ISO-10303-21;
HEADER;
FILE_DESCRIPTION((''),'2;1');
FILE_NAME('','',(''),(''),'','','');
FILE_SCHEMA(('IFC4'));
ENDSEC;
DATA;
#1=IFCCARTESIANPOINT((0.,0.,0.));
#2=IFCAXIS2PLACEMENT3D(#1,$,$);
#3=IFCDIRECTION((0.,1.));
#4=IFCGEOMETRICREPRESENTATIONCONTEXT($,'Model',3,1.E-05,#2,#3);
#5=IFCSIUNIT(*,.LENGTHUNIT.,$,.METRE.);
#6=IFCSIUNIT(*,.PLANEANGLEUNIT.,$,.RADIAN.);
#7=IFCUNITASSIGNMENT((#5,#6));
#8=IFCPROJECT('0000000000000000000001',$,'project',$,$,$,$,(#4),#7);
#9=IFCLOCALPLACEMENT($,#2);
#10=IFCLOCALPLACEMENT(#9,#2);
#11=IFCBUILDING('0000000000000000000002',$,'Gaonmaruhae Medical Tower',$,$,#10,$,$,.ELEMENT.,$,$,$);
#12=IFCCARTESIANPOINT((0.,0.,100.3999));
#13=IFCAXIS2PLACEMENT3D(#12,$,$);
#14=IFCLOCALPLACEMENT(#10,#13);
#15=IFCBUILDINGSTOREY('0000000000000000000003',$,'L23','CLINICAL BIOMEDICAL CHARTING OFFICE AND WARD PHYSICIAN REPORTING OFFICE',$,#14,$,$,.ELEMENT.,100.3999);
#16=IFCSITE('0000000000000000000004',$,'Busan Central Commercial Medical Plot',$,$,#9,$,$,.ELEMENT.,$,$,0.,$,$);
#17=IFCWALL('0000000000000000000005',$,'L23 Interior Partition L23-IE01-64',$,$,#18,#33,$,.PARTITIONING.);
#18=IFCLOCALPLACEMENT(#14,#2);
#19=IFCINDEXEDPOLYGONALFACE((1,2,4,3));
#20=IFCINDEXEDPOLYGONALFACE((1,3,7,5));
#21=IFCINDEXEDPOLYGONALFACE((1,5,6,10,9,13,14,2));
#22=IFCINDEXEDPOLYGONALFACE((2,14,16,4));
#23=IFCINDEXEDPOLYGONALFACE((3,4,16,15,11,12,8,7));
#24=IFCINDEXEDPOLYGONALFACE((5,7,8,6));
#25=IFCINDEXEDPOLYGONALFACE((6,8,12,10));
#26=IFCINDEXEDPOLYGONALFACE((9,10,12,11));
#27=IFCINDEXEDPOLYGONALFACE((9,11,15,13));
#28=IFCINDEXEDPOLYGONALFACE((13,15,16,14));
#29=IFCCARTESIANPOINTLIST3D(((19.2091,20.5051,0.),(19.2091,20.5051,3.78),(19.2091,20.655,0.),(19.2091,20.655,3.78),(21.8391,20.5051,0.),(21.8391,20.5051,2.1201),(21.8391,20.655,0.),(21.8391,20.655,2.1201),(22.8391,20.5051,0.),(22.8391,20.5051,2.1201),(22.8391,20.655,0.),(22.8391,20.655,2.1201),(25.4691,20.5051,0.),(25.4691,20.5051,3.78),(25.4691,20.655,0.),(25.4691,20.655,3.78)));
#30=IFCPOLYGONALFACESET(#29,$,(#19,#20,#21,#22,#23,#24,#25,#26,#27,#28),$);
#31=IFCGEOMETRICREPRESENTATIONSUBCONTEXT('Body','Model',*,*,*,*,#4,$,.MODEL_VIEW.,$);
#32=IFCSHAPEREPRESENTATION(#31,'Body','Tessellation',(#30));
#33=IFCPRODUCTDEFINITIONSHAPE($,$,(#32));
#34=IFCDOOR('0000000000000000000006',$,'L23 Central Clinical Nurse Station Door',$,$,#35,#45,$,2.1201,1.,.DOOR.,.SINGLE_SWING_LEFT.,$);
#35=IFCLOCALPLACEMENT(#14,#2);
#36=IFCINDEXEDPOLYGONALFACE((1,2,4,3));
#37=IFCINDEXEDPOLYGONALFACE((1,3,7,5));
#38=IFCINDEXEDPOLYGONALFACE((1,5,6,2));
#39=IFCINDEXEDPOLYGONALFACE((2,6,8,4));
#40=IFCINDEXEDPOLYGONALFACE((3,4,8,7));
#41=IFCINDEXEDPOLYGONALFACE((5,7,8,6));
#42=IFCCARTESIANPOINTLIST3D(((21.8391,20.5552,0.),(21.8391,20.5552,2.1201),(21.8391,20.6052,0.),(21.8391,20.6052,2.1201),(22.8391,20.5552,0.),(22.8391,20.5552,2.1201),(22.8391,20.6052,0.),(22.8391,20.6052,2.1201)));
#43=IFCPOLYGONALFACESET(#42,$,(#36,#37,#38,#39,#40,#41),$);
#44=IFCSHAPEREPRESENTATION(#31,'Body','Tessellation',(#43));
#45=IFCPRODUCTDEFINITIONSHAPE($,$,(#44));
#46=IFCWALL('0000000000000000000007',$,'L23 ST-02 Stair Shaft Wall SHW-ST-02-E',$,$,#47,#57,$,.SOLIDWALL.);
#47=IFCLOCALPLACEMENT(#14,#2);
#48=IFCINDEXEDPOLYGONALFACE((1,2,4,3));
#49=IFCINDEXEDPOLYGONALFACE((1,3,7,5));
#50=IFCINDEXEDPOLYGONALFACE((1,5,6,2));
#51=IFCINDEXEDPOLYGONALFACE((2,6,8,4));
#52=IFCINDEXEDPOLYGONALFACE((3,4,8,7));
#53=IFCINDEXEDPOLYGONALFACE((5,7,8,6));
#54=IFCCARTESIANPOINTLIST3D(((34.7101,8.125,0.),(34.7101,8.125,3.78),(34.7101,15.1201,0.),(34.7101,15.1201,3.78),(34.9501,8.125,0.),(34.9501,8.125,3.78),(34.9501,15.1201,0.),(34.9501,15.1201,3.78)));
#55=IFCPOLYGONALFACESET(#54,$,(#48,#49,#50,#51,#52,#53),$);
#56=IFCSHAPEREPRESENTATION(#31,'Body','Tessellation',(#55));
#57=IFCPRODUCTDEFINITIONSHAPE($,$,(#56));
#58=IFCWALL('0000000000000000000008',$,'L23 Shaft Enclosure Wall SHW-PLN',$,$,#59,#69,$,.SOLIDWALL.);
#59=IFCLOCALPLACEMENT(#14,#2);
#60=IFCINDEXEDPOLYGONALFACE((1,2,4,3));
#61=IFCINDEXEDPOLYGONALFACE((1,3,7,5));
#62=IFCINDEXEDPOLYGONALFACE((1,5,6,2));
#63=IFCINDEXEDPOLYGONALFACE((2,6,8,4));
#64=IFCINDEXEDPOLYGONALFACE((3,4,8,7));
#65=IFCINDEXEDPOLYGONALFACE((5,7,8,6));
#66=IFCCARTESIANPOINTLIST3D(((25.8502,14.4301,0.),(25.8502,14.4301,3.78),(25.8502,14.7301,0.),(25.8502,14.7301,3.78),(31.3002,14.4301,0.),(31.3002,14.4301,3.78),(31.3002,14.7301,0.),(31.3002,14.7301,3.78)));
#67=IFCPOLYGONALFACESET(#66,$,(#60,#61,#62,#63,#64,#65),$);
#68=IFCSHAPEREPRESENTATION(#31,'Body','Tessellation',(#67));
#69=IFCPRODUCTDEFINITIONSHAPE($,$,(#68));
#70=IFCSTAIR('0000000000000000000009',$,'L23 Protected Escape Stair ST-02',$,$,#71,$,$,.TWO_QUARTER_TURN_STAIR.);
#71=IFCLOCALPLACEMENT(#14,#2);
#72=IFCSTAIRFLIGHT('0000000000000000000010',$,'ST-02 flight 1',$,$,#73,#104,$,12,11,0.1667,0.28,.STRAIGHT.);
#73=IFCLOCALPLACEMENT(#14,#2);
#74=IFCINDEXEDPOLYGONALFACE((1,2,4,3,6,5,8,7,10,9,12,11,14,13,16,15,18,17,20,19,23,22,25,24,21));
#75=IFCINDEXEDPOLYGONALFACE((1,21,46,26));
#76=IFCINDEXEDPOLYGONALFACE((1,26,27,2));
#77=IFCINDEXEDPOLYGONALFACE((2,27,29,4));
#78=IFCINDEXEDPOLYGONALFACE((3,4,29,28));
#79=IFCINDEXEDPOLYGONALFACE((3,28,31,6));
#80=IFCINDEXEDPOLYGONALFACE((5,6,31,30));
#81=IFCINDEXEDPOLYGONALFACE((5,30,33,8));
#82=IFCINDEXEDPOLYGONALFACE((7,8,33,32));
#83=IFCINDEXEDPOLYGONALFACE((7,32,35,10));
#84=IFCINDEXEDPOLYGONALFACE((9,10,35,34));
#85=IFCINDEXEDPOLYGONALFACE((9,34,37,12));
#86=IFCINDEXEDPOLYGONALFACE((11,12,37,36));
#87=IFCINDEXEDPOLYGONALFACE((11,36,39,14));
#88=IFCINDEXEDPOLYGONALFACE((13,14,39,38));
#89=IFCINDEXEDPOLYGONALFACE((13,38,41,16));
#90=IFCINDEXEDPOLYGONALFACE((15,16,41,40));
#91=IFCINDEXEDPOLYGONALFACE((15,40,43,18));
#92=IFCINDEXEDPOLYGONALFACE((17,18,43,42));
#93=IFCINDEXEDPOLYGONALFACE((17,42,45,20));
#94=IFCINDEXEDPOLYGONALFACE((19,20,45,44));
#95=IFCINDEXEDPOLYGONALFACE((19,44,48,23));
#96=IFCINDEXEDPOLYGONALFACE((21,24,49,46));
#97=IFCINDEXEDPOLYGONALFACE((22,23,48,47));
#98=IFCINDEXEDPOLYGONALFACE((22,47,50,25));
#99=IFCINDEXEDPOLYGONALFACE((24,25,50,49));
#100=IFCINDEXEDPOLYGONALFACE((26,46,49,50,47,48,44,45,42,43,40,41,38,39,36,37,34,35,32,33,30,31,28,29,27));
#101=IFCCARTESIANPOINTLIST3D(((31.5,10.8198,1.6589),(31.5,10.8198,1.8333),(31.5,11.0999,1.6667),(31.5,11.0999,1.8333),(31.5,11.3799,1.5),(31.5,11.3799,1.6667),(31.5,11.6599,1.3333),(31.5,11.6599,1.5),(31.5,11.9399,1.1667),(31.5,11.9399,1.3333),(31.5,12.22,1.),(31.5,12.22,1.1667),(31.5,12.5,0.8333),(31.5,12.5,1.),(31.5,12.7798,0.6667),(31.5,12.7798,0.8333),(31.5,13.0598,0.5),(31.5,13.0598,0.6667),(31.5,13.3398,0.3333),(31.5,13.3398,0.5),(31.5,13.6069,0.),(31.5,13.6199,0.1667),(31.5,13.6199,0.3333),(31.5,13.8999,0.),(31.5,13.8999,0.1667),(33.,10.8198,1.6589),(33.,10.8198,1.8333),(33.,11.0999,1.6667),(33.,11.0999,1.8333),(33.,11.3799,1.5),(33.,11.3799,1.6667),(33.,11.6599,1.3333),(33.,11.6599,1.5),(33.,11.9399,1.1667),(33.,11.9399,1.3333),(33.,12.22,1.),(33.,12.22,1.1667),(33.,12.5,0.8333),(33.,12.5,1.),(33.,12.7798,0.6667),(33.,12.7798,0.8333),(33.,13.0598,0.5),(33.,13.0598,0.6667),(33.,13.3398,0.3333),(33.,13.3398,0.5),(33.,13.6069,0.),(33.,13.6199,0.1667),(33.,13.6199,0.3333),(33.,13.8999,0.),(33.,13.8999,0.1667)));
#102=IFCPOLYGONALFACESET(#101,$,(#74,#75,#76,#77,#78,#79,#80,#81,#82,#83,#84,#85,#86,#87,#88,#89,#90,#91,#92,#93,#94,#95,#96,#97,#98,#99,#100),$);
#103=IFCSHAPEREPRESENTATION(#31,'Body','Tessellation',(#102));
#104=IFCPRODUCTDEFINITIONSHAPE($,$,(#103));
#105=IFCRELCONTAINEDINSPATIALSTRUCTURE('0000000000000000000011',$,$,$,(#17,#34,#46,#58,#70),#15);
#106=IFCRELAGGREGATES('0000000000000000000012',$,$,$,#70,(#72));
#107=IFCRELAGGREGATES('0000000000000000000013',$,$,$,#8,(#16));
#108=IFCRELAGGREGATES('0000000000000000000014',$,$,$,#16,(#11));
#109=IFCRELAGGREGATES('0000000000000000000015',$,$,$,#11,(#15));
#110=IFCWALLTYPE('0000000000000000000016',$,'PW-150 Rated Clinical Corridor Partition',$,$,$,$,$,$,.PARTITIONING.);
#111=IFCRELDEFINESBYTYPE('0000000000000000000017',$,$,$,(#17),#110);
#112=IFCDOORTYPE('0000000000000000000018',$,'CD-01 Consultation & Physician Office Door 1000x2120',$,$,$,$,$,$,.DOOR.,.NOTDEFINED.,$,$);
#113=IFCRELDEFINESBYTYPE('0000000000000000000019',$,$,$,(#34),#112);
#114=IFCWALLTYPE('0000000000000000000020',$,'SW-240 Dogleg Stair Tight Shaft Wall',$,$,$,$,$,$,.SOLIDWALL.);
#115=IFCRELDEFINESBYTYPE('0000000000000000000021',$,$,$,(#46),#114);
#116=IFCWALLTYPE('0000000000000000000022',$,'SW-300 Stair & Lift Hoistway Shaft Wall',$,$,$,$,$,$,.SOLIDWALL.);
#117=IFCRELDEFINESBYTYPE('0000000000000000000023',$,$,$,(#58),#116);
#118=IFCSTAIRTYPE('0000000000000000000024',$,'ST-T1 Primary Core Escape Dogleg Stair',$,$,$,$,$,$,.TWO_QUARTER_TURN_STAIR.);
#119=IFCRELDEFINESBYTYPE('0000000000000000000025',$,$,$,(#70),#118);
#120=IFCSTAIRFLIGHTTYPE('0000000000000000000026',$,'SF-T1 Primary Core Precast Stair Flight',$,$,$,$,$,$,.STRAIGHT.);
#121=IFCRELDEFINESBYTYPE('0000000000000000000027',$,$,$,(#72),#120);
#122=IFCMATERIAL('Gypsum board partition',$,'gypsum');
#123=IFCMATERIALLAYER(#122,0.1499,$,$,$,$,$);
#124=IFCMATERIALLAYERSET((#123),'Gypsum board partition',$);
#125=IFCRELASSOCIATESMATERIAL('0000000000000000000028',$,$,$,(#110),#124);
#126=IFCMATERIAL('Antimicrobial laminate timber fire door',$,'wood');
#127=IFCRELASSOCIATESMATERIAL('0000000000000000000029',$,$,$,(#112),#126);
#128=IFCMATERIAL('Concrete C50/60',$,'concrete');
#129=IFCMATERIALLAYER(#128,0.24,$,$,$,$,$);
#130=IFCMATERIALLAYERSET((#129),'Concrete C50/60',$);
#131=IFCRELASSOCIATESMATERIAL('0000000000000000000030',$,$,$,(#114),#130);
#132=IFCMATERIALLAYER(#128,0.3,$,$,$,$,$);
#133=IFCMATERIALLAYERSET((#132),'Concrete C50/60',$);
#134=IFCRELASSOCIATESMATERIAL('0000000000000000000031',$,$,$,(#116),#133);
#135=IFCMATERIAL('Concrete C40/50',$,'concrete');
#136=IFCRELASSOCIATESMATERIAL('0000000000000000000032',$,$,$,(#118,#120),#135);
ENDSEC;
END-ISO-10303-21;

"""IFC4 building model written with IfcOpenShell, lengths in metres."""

from ifc_helpers import new_model, si_unit, direction, frame, frame_2d, origin, place, context, subcontext, project, spatial, polyline, rectangle, outline, extrude, material, layer, layer_set, type_object, element, fill, aggregate, save


model = new_model("IFC4")

# Units and contexts
model_context = context("Model", 3, precision=1e-05, world=origin(), true_north=direction((0.0, 1.0)))
body_context = subcontext(model_context, "Body", "Model", "MODEL_VIEW")
ifc_project = project(units=[si_unit("LENGTHUNIT", "METRE"), si_unit("PLANEANGLEUNIT", "RADIAN")], contexts=[model_context])

# Site, building, storey
site_placement = place(None, origin())
site = spatial("IfcSite", under=ifc_project, at=site_placement, Name="Busan Central Commercial Medical Plot", CompositionType="ELEMENT", RefElevation=0.0)
building_placement = place(site_placement, origin())
building = spatial("IfcBuilding", under=site, at=building_placement, Name="Gaonmaruhae Medical Tower", CompositionType="ELEMENT")
storey_placement = place(building_placement, frame((0.0, 0.0, 100.3999)))
storey = spatial("IfcBuildingStorey", under=building, at=storey_placement, Name="L23", Description="CLINICAL BIOMEDICAL CHARTING OFFICE AND WARD PHYSICIAN REPORTING OFFICE", CompositionType="ELEMENT", Elevation=100.3999)

# Shared definitions
ifc_material_1 = material(Name="Gypsum board partition", Category="gypsum")
ifc_layer_1 = layer(ifc_material_1, 0.1499)
ifc_layer_set_1 = layer_set([ifc_layer_1], Name="Gypsum board partition")
wall_type_1 = type_object("IfcWallType", Name="PW-150 Rated Clinical Corridor Partition", PredefinedType="PARTITIONING", material=ifc_layer_set_1)
ifc_material_2 = material(Name="Antimicrobial laminate timber fire door", Category="wood")

# Wall, opening, door
wall_1_placement = place(storey_placement, frame((25.469, 20.5801, 0.0), z_axis=(0.0, 0.0, 1.0), x_axis=(-1.0, 0.0, 0.0)))
wall_1 = element("IfcWall", 1, at=wall_1_placement, inside=storey, type_object=wall_type_1, Name="L23 Interior Partition L23-IE01-64", PredefinedType="PARTITIONING", context=body_context, shape_type="SweptSolid", body=[
    extrude(rectangle(XDim=6.26, YDim=0.1499, at=frame_2d((3.1299, 0.0))), origin(), (0.0, 0.0, 1.0), 3.78),
])
opening_1_placement = place(wall_1_placement, frame((2.6299, 0.0, 0.0)))
opening_1 = element("IfcOpeningElement", 2, at=opening_1_placement, cuts=wall_1, PredefinedType="OPENING", context=body_context, shape_type="SweptSolid", body=[
    extrude(rectangle(XDim=1.0, YDim=2.1201, at=frame_2d((0.5, 1.0601))), frame((0.0, 0.085, 0.0), z_axis=(0.0, -1.0, 0.0), x_axis=(1.0, 0.0, 0.0)), (0.0, 0.0, 1.0), 0.1699),
])
door_type_1 = type_object("IfcDoorType", Name="CD-01 Consultation & Physician Office Door 1000x2120", OperationType="NOTDEFINED", PredefinedType="DOOR", material=ifc_material_2)
door_1_placement = place(opening_1_placement, origin())
door_1 = element("IfcDoor", 3, at=door_1_placement, inside=storey, type_object=door_type_1, Name="L23 Central Clinical Nurse Station Door", OperationType="SINGLE_SWING_LEFT", OverallHeight=2.1201, OverallWidth=1.0, PredefinedType="DOOR", context=body_context, shape_type="SweptSolid", body=[
    extrude(rectangle(XDim=1.0, YDim=2.1201, at=frame_2d((0.5, 1.0601))), frame((0.0, 0.0249, 0.0), z_axis=(0.0, -1.0, 0.0), x_axis=(1.0, 0.0, 0.0)), (0.0, 0.0, 1.0), 0.05),
])
fill(opening_1, door_1)
ifc_material_3 = material(Name="Concrete C50/60", Category="concrete")
ifc_layer_2 = layer(ifc_material_3, 0.24)
ifc_layer_set_2 = layer_set([ifc_layer_2], Name="Concrete C50/60")
wall_type_2 = type_object("IfcWallType", Name="SW-240 Dogleg Stair Tight Shaft Wall", PredefinedType="SOLIDWALL", material=ifc_layer_set_2)

# Walls
wall_2_placement = place(storey_placement, frame((34.8301, 15.1201, 0.0), z_axis=(0.0, 0.0, 1.0), x_axis=(0.0, -1.0, 0.0)))
element("IfcWall", 4, at=wall_2_placement, inside=storey, type_object=wall_type_2, Name="L23 ST-02 Stair Shaft Wall SHW-ST-02-E", PredefinedType="SOLIDWALL", context=body_context, shape_type="SweptSolid", body=[
    extrude(rectangle(XDim=6.9951, YDim=0.24, at=frame_2d((3.4976, 0.0))), origin(), (0.0, 0.0, 1.0), 3.78),
])
ifc_layer_3 = layer(ifc_material_3, 0.3)
ifc_layer_set_3 = layer_set([ifc_layer_3], Name="Concrete C50/60")
wall_type_3 = type_object("IfcWallType", Name="SW-300 Stair & Lift Hoistway Shaft Wall", PredefinedType="SOLIDWALL", material=ifc_layer_set_3)
wall_3_placement = place(storey_placement, frame((25.8501, 14.5801, 0.0), z_axis=(0.0, 0.0, 1.0), x_axis=(1.0, 0.0, 0.0)))
element("IfcWall", 5, at=wall_3_placement, inside=storey, type_object=wall_type_3, Name="L23 Shaft Enclosure Wall SHW-PLN", PredefinedType="SOLIDWALL", context=body_context, shape_type="SweptSolid", body=[
    extrude(rectangle(XDim=5.45, YDim=0.3, at=frame_2d((2.7251, 0.0))), origin(), (0.0, 0.0, 1.0), 3.78),
])

# Stair, stair flight
ifc_material_4 = material(Name="Concrete C40/50", Category="concrete")
stair_type = type_object("IfcStairType", Name="ST-T1 Primary Core Escape Dogleg Stair", PredefinedType="TWO_QUARTER_TURN_STAIR", material=ifc_material_4)
stair_placement = place(storey_placement, origin())
stair = element("IfcStair", 6, at=stair_placement, inside=storey, type_object=stair_type, Name="L23 Protected Escape Stair ST-02", PredefinedType="TWO_QUARTER_TURN_STAIR")
stair_flight_type = type_object("IfcStairFlightType", Name="SF-T1 Primary Core Precast Stair Flight", PredefinedType="STRAIGHT", material=ifc_material_4)
stair_flight_placement = place(storey_placement, frame((32.25, 13.8999, 0.0), z_axis=(0.0, 0.0, 1.0), x_axis=(0.0, -1.0, 0.0)))
stair_flight = element("IfcStairFlight", 7, at=stair_flight_placement, type_object=stair_flight_type, Name="ST-02 flight 1", NumberOfRisers=12, NumberOfTreads=11, PredefinedType="STRAIGHT", RiserHeight=0.1667, TreadLength=0.28, context=body_context, shape_type="SweptSolid", body=[
    extrude(outline(polyline([(0.0, 0.0), (0.0, 0.1667), (0.28, 0.1667), (0.28, 0.3333), (0.5601, 0.3333), (0.5601, 0.5), (0.8401, 0.5), (0.8401, 0.6667), (1.1201, 0.6667), (1.1201, 0.8333), (1.3999, 0.8333), (1.3999, 1.0), (1.6799, 1.0), (1.6799, 1.1667), (1.96, 1.1667), (1.96, 1.3333), (2.24, 1.3333), (2.24, 1.5), (2.52, 1.5), (2.52, 1.6667), (2.8, 1.6667), (2.8, 1.8333), (3.0801, 1.8333), (3.0801, 2.0), (3.0801, 1.6589), (0.293, 0.0), (0.0, 0.0)])), frame((0.0, 0.75, 0.0), z_axis=(0.0, -1.0, 0.0), x_axis=(1.0, 0.0, 0.0)), (0.0, 0.0, 1.0), 1.5),
])
aggregate(stair, [stair_flight])

save(model, "model.ifc")
